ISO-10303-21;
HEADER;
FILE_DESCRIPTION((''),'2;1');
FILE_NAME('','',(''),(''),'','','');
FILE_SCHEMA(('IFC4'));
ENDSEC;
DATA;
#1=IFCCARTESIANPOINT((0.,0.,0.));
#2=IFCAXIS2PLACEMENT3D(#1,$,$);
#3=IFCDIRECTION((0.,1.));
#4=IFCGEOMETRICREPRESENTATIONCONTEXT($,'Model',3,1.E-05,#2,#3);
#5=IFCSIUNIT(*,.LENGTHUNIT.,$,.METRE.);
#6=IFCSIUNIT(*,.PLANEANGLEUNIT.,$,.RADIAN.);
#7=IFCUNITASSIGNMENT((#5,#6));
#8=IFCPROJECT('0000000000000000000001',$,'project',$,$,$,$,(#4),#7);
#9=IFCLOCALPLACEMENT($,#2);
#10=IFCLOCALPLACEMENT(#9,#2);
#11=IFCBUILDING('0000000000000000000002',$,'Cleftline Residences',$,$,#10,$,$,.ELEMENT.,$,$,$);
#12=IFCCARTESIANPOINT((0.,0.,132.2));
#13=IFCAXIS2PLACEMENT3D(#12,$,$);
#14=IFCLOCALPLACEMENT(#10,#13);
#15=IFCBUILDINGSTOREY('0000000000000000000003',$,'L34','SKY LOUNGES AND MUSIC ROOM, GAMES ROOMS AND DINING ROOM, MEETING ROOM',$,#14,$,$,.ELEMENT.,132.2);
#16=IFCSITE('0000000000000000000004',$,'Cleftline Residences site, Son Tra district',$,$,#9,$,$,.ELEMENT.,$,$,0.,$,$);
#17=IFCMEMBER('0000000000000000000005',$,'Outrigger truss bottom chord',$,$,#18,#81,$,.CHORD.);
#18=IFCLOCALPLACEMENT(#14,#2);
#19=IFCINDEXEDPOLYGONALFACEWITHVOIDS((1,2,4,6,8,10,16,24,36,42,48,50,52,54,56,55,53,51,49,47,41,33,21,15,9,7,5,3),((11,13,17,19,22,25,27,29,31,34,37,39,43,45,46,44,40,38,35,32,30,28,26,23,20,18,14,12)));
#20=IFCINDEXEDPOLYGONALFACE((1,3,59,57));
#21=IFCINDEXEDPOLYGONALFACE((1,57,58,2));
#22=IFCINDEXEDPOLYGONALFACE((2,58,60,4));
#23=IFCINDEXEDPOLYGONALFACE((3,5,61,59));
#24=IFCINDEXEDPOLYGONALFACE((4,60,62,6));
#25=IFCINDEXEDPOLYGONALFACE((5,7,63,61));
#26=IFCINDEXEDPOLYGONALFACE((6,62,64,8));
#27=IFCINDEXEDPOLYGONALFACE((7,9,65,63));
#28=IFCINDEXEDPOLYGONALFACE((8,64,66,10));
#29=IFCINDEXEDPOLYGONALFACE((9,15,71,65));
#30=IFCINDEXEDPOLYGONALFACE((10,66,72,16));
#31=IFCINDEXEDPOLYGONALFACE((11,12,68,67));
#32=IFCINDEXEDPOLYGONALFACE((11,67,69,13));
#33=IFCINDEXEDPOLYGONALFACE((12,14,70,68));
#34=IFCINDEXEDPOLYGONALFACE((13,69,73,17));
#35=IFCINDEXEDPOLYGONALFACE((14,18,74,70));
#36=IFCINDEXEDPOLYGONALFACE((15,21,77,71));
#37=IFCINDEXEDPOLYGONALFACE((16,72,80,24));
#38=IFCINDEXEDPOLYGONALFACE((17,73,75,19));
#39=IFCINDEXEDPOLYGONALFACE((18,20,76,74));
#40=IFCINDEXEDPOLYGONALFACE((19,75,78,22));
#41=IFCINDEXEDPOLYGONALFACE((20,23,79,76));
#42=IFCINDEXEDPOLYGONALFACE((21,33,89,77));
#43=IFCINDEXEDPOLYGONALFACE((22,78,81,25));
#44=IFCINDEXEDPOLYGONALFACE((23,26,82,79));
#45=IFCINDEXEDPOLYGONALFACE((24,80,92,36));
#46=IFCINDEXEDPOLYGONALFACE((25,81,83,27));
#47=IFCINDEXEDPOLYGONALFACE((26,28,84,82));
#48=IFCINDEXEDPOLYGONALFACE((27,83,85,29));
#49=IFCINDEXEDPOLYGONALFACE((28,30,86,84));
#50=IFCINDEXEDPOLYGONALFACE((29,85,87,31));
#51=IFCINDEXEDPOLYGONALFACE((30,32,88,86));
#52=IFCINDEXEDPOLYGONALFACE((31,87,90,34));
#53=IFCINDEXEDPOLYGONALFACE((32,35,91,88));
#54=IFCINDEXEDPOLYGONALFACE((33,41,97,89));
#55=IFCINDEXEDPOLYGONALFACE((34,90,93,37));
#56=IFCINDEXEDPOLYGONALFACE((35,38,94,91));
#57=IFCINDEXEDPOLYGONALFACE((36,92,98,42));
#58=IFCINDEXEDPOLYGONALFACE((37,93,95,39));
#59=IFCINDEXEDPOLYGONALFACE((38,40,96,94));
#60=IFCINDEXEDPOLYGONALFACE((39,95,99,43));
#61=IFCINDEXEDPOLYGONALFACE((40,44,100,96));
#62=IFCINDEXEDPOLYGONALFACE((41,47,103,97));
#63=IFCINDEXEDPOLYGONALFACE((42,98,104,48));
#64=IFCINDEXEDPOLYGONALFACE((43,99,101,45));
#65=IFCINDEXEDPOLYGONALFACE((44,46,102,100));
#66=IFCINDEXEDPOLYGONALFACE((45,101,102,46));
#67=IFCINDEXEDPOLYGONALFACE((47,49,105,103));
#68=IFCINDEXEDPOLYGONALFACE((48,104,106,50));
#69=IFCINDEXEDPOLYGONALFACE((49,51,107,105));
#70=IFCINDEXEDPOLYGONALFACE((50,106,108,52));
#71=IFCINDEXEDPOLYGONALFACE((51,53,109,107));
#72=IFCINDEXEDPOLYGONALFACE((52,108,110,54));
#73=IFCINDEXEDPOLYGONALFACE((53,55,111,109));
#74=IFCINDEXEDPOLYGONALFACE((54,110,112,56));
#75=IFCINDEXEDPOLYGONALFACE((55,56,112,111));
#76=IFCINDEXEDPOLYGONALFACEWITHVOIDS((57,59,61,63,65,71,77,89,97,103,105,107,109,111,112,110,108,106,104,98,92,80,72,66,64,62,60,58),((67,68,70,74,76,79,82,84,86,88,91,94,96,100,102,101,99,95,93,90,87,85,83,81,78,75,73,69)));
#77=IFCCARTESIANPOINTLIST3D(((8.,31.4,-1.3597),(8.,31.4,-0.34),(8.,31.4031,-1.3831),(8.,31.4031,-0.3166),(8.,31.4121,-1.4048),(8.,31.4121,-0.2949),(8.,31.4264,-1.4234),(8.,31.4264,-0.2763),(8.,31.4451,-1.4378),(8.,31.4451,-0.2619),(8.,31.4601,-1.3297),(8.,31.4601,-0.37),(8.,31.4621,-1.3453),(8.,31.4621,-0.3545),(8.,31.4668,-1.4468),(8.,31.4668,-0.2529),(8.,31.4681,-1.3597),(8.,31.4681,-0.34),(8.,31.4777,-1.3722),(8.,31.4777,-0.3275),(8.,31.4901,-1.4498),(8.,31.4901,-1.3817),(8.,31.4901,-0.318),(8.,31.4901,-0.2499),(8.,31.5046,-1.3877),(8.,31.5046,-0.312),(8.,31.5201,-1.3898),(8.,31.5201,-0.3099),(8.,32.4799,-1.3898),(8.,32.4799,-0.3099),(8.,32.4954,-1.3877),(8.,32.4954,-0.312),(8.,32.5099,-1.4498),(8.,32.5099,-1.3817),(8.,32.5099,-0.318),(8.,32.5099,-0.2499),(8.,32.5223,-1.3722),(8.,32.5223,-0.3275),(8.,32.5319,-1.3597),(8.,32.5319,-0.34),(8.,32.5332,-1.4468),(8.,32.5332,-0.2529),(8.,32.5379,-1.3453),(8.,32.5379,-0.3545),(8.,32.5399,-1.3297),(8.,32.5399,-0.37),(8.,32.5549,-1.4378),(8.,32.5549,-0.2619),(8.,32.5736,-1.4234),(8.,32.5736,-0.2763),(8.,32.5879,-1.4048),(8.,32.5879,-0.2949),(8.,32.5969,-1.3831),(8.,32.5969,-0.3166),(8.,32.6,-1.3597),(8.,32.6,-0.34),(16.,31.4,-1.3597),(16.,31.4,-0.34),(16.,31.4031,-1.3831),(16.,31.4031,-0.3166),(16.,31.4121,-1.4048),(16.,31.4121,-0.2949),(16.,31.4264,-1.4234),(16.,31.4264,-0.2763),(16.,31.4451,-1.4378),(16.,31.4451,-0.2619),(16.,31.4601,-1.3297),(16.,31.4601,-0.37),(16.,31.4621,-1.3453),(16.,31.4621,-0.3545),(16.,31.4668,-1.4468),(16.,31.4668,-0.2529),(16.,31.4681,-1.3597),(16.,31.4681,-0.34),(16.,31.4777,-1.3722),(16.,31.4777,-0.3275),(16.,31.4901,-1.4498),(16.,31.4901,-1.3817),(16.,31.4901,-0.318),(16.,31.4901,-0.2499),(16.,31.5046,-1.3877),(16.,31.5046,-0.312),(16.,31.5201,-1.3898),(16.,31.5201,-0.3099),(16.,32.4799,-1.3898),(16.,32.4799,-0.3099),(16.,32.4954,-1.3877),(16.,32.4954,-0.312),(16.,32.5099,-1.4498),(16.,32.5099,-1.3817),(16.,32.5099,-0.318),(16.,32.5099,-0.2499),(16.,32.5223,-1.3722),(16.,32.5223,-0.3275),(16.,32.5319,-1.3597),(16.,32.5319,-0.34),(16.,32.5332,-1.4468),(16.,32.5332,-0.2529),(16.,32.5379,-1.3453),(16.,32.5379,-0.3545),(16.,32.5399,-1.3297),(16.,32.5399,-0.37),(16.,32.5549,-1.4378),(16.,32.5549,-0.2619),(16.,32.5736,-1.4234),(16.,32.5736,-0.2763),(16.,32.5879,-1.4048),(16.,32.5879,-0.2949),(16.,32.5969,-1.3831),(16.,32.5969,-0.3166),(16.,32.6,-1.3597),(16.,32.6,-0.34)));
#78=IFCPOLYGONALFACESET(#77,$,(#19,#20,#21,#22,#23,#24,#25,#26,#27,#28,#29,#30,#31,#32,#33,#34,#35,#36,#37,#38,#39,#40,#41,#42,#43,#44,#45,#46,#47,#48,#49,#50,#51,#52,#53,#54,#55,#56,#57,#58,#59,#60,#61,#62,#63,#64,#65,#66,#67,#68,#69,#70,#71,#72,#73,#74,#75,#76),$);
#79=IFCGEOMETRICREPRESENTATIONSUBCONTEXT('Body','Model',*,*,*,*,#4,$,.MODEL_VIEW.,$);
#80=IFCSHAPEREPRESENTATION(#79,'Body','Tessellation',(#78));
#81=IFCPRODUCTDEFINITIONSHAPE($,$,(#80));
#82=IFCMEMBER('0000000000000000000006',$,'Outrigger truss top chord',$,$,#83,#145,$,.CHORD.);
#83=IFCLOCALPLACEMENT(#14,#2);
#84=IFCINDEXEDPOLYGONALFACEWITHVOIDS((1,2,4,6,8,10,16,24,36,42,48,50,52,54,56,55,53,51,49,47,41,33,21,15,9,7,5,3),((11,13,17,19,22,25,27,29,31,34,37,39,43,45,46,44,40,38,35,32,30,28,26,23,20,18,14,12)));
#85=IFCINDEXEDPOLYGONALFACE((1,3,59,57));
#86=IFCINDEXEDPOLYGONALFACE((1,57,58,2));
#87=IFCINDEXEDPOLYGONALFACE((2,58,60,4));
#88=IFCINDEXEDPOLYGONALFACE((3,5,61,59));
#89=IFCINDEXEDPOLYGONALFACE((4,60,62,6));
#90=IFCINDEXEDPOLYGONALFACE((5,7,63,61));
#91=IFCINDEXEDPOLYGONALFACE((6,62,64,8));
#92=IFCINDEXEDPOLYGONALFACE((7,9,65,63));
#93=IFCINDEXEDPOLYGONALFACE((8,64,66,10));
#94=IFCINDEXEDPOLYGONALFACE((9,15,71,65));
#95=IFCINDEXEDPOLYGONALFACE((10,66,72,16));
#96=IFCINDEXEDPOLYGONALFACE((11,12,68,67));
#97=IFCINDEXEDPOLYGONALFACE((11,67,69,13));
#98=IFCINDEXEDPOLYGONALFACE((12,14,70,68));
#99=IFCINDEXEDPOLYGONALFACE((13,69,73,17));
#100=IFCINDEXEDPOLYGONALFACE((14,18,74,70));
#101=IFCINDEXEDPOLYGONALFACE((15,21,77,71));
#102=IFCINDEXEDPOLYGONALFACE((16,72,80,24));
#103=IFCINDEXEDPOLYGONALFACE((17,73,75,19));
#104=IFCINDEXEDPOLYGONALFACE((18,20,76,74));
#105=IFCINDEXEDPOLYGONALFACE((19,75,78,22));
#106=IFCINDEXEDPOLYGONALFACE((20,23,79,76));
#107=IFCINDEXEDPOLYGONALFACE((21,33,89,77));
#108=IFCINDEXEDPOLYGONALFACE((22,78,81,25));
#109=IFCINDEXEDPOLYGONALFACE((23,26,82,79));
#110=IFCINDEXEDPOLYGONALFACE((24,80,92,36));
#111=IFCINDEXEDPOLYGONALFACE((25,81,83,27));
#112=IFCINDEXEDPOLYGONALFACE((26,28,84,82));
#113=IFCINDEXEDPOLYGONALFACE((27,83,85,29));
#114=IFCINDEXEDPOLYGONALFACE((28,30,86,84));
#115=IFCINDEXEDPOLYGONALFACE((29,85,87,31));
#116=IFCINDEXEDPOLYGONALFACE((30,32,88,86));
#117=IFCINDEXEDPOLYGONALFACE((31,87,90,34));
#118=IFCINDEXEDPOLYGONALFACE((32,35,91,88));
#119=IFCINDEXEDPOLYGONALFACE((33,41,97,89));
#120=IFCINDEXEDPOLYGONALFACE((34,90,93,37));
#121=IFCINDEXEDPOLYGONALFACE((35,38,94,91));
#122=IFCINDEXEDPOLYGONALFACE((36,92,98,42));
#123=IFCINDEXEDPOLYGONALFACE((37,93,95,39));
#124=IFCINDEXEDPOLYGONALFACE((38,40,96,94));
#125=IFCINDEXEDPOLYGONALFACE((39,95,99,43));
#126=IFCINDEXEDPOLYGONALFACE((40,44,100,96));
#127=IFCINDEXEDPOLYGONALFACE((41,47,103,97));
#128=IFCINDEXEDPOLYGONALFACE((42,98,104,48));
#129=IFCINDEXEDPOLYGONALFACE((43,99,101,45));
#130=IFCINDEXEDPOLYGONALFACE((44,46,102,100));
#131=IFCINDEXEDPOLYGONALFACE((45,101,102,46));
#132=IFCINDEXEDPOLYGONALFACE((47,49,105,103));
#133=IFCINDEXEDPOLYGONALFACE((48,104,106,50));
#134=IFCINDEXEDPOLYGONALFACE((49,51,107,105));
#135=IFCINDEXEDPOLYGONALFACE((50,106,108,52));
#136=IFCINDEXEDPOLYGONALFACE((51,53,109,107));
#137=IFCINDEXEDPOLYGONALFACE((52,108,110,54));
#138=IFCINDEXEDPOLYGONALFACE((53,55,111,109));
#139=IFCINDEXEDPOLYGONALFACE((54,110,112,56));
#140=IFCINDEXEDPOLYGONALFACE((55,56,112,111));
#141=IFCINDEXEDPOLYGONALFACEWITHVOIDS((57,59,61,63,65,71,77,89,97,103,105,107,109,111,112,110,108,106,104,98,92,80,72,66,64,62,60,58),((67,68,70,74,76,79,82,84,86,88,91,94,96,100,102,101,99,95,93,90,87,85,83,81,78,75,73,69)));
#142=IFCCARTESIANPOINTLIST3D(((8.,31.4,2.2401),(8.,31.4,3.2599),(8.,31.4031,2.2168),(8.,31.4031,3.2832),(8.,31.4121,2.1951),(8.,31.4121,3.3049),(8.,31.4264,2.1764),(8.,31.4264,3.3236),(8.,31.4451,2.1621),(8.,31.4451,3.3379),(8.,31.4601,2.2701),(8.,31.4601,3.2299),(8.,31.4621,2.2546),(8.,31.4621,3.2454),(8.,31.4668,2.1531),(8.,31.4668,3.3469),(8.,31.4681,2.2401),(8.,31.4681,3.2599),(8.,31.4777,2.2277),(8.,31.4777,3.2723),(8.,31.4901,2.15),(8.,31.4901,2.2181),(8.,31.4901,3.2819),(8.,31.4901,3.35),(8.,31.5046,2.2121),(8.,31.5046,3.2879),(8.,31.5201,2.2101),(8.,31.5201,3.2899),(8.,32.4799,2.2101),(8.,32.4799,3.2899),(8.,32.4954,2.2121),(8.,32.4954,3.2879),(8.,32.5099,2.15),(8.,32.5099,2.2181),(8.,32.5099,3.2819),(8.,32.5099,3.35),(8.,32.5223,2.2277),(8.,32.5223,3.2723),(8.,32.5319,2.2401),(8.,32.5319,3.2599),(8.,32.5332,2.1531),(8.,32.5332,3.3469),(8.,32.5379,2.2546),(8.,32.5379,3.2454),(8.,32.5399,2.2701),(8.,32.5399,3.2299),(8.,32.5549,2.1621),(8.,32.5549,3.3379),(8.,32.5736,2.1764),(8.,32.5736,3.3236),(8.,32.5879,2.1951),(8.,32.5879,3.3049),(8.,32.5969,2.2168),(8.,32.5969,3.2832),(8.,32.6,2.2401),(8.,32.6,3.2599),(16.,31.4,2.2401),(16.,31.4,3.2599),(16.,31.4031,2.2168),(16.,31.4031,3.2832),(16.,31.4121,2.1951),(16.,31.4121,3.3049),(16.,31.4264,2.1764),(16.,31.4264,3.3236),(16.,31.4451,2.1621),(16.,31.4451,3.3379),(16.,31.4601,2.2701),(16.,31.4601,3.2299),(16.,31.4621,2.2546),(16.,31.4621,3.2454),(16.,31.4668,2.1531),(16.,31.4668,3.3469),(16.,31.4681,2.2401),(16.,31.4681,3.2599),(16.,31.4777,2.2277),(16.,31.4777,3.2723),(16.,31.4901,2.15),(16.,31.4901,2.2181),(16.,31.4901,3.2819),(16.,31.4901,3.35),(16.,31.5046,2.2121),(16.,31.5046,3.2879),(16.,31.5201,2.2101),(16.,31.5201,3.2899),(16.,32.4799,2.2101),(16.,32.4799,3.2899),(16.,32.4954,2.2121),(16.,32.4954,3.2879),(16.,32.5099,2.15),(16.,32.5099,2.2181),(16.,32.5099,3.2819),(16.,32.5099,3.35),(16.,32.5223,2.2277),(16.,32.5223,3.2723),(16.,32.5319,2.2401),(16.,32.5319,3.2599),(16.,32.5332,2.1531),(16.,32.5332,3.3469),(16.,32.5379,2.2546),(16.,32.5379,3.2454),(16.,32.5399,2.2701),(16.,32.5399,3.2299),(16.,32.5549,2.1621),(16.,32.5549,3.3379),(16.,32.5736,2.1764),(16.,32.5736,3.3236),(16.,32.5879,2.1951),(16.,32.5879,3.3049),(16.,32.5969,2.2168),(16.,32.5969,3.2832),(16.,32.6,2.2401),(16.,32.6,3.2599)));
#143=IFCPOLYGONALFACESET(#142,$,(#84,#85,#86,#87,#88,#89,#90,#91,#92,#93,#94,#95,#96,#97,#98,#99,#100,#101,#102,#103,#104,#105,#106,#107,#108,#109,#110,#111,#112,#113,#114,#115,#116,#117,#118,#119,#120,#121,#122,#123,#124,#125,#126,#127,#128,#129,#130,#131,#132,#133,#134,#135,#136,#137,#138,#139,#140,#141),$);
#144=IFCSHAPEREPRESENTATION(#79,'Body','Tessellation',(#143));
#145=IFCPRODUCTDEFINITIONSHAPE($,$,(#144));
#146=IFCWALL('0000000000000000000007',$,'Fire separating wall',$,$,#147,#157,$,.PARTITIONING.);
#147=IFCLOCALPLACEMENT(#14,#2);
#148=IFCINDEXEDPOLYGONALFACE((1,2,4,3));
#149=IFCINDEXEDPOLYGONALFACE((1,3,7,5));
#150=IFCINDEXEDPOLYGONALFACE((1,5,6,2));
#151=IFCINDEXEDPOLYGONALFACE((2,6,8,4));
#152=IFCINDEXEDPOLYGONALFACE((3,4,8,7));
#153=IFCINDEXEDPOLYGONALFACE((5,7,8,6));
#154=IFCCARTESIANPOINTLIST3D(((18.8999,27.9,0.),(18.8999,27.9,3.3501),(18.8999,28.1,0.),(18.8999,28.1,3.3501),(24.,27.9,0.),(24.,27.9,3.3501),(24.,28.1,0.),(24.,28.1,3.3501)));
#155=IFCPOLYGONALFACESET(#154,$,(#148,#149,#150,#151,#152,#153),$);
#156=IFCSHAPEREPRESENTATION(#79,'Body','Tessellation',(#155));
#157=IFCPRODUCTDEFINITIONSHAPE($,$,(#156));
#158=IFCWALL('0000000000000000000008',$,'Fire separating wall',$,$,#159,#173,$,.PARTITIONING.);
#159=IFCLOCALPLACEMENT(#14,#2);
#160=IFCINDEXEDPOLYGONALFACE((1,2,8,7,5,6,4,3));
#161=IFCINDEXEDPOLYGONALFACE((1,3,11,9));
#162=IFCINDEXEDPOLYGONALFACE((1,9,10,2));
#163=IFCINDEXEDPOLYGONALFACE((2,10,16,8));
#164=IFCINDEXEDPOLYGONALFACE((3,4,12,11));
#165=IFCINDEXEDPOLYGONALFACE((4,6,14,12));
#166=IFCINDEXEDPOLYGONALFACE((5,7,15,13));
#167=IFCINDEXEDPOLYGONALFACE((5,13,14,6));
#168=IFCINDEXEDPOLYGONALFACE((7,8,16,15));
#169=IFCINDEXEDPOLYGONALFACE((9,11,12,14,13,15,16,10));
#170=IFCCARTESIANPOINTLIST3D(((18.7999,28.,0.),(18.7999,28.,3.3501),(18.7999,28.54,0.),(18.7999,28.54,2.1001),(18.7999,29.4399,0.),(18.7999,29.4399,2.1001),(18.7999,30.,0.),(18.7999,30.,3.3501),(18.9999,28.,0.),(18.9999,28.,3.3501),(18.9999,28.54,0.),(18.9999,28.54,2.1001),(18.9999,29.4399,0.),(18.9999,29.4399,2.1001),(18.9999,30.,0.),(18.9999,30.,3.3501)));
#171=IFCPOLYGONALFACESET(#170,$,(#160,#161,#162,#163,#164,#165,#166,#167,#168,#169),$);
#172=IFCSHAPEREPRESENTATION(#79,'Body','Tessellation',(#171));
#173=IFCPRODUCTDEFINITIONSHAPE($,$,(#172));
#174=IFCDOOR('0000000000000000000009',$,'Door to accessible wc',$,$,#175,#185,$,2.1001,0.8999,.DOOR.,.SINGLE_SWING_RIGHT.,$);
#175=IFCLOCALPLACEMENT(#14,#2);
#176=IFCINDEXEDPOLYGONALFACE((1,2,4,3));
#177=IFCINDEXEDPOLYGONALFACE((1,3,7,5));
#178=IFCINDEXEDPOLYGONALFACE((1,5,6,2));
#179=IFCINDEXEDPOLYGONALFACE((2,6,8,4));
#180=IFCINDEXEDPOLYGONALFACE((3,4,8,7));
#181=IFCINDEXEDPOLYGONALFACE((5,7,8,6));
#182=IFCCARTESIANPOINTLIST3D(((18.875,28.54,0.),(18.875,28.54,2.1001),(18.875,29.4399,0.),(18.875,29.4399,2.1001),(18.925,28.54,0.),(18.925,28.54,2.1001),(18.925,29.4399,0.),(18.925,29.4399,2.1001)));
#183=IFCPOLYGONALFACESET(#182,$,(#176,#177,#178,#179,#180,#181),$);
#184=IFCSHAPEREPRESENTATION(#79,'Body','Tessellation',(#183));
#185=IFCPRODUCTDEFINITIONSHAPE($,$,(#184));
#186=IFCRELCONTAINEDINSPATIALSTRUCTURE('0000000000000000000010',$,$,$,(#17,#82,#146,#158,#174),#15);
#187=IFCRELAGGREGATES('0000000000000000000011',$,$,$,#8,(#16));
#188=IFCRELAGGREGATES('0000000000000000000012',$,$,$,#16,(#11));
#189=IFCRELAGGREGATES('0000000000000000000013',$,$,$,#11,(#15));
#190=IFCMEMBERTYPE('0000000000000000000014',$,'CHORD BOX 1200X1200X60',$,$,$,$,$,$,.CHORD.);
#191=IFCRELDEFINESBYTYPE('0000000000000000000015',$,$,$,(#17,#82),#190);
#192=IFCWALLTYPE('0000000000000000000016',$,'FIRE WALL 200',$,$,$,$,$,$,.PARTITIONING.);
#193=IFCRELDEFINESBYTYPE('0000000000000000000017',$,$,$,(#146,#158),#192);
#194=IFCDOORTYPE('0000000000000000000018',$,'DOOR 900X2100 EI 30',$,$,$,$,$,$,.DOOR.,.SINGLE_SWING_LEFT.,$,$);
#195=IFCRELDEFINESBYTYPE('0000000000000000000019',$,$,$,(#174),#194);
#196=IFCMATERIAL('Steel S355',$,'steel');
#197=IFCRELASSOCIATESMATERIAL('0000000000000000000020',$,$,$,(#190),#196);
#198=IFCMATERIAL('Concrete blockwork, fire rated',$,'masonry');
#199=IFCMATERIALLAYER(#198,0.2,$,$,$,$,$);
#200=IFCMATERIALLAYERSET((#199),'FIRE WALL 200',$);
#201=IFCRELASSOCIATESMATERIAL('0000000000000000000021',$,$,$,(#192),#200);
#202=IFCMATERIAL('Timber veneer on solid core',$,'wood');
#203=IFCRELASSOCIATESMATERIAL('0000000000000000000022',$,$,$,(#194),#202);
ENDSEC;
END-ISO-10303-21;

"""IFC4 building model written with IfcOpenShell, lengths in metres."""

from ifc_helpers import new_model, si_unit, direction, frame, frame_2d, origin, origin_2d, place, context, subcontext, project, spatial, rectangle, hollow_rectangle, extrude, material, layer, layer_set, material_profile, profile_set, type_object, element, fill, save


model = new_model("IFC4")

# Units and contexts
model_context = context("Model", 3, precision=1e-05, world=origin(), true_north=direction((0.0, 1.0)))
body_context = subcontext(model_context, "Body", "Model", "MODEL_VIEW")
ifc_project = project(units=[si_unit("LENGTHUNIT", "METRE"), si_unit("PLANEANGLEUNIT", "RADIAN")], contexts=[model_context])

# Site, building, storey
site_placement = place(None, origin())
site = spatial("IfcSite", under=ifc_project, at=site_placement, Name="Cleftline Residences site, Son Tra district", CompositionType="ELEMENT", RefElevation=0.0)
building_placement = place(site_placement, origin())
building = spatial("IfcBuilding", under=site, at=building_placement, Name="Cleftline Residences", CompositionType="ELEMENT")
storey_placement = place(building_placement, frame((0.0, 0.0, 132.2)))
storey = spatial("IfcBuildingStorey", under=building, at=storey_placement, Name="L34", Description="SKY LOUNGES AND MUSIC ROOM, GAMES ROOMS AND DINING ROOM, MEETING ROOM", CompositionType="ELEMENT", Elevation=132.2)

# Members
ifc_material_1 = material(Name="Steel S355", Category="steel")
ifc_material_profile_1 = material_profile(ifc_material_1, hollow_rectangle(XDim=1.2, YDim=1.2, WallThickness=0.0601, InnerFilletRadius=0.0601, OuterFilletRadius=0.0901, at=origin_2d()))
ifc_profile_set_1 = profile_set([ifc_material_profile_1], Name="Steel S355")
member_type_1 = type_object("IfcMemberType", Name="CHORD BOX 1200X1200X60", PredefinedType="CHORD", material=ifc_profile_set_1)
for number, where, z_axis, x_axis, name in (
    (1, (16.0, 32.0, -0.8499), (-1.0, 0.0, 0.0), (0.0, -1.0, 0.0), "Outrigger truss bottom chord"),
    (2, (16.0, 32.0, 2.75), (-1.0, 0.0, 0.0), (0.0, -1.0, 0.0), "Outrigger truss top chord"),
):
    element("IfcMember", number, at=place(storey_placement, frame(where, z_axis=z_axis, x_axis=x_axis)), inside=storey, type_object=member_type_1, Name=name, PredefinedType="CHORD", context=body_context, shape_type="SweptSolid", body=[
        extrude(hollow_rectangle(XDim=1.2, YDim=1.2, WallThickness=0.0601, InnerFilletRadius=0.0601, OuterFilletRadius=0.0901, at=origin_2d()), origin(), (0.0, 0.0, 1.0), 8.0),
    ])

# Wall
ifc_material_2 = material(Name="Concrete blockwork, fire rated", Category="masonry")
ifc_layer_1 = layer(ifc_material_2, 0.2)
ifc_layer_set_1 = layer_set([ifc_layer_1], Name="FIRE WALL 200")
wall_type_1 = type_object("IfcWallType", Name="FIRE WALL 200", PredefinedType="PARTITIONING", material=ifc_layer_set_1)
wall_1_placement = place(storey_placement, frame((18.8999, 28.0, 0.0), z_axis=(0.0, 0.0, 1.0), x_axis=(1.0, 0.0, 0.0)))
element("IfcWall", 3, at=wall_1_placement, inside=storey, type_object=wall_type_1, Name="Fire separating wall", PredefinedType="PARTITIONING", context=body_context, shape_type="SweptSolid", body=[
    extrude(rectangle(XDim=5.1001, YDim=0.2, at=frame_2d((2.55, 0.0))), origin(), (0.0, 0.0, 1.0), 3.3501),
])

# Wall, opening, door
wall_2_placement = place(storey_placement, frame((18.8999, 28.0, 0.0), z_axis=(0.0, 0.0, 1.0), x_axis=(0.0, 1.0, 0.0)))
wall_2 = element("IfcWall", 4, at=wall_2_placement, inside=storey, type_object=wall_type_1, Name="Fire separating wall", PredefinedType="PARTITIONING", context=body_context, shape_type="SweptSolid", body=[
    extrude(rectangle(XDim=2.0, YDim=0.2, at=frame_2d((1.0, 0.0))), origin(), (0.0, 0.0, 1.0), 3.3501),
])
opening_1_placement = place(wall_2_placement, frame((0.54, 0.0, 0.0)))
opening_1 = element("IfcOpeningElement", 5, at=opening_1_placement, cuts=wall_2, PredefinedType="OPENING", context=body_context, shape_type="SweptSolid", body=[
    extrude(rectangle(XDim=0.8999, YDim=2.1001, at=frame_2d((0.45, 1.05))), frame((0.0, 0.1099, 0.0), z_axis=(0.0, -1.0, 0.0), x_axis=(1.0, 0.0, 0.0)), (0.0, 0.0, 1.0), 0.22),
])
ifc_material_3 = material(Name="Timber veneer on solid core", Category="wood")
door_type_1 = type_object("IfcDoorType", Name="DOOR 900X2100 EI 30", OperationType="SINGLE_SWING_LEFT", PredefinedType="DOOR", material=ifc_material_3)
door_1_placement = place(opening_1_placement, origin())
door_1 = element("IfcDoor", 6, at=door_1_placement, inside=storey, type_object=door_type_1, Name="Door to accessible wc", OperationType="SINGLE_SWING_RIGHT", OverallHeight=2.1001, OverallWidth=0.8999, PredefinedType="DOOR", context=body_context, shape_type="SweptSolid", body=[
    extrude(rectangle(XDim=0.8999, YDim=2.1001, at=frame_2d((0.45, 1.05))), frame((0.0, 0.0249, 0.0), z_axis=(0.0, -1.0, 0.0), x_axis=(1.0, 0.0, 0.0)), (0.0, 0.0, 1.0), 0.05),
])
fill(opening_1, door_1)

save(model, "model.ifc")
